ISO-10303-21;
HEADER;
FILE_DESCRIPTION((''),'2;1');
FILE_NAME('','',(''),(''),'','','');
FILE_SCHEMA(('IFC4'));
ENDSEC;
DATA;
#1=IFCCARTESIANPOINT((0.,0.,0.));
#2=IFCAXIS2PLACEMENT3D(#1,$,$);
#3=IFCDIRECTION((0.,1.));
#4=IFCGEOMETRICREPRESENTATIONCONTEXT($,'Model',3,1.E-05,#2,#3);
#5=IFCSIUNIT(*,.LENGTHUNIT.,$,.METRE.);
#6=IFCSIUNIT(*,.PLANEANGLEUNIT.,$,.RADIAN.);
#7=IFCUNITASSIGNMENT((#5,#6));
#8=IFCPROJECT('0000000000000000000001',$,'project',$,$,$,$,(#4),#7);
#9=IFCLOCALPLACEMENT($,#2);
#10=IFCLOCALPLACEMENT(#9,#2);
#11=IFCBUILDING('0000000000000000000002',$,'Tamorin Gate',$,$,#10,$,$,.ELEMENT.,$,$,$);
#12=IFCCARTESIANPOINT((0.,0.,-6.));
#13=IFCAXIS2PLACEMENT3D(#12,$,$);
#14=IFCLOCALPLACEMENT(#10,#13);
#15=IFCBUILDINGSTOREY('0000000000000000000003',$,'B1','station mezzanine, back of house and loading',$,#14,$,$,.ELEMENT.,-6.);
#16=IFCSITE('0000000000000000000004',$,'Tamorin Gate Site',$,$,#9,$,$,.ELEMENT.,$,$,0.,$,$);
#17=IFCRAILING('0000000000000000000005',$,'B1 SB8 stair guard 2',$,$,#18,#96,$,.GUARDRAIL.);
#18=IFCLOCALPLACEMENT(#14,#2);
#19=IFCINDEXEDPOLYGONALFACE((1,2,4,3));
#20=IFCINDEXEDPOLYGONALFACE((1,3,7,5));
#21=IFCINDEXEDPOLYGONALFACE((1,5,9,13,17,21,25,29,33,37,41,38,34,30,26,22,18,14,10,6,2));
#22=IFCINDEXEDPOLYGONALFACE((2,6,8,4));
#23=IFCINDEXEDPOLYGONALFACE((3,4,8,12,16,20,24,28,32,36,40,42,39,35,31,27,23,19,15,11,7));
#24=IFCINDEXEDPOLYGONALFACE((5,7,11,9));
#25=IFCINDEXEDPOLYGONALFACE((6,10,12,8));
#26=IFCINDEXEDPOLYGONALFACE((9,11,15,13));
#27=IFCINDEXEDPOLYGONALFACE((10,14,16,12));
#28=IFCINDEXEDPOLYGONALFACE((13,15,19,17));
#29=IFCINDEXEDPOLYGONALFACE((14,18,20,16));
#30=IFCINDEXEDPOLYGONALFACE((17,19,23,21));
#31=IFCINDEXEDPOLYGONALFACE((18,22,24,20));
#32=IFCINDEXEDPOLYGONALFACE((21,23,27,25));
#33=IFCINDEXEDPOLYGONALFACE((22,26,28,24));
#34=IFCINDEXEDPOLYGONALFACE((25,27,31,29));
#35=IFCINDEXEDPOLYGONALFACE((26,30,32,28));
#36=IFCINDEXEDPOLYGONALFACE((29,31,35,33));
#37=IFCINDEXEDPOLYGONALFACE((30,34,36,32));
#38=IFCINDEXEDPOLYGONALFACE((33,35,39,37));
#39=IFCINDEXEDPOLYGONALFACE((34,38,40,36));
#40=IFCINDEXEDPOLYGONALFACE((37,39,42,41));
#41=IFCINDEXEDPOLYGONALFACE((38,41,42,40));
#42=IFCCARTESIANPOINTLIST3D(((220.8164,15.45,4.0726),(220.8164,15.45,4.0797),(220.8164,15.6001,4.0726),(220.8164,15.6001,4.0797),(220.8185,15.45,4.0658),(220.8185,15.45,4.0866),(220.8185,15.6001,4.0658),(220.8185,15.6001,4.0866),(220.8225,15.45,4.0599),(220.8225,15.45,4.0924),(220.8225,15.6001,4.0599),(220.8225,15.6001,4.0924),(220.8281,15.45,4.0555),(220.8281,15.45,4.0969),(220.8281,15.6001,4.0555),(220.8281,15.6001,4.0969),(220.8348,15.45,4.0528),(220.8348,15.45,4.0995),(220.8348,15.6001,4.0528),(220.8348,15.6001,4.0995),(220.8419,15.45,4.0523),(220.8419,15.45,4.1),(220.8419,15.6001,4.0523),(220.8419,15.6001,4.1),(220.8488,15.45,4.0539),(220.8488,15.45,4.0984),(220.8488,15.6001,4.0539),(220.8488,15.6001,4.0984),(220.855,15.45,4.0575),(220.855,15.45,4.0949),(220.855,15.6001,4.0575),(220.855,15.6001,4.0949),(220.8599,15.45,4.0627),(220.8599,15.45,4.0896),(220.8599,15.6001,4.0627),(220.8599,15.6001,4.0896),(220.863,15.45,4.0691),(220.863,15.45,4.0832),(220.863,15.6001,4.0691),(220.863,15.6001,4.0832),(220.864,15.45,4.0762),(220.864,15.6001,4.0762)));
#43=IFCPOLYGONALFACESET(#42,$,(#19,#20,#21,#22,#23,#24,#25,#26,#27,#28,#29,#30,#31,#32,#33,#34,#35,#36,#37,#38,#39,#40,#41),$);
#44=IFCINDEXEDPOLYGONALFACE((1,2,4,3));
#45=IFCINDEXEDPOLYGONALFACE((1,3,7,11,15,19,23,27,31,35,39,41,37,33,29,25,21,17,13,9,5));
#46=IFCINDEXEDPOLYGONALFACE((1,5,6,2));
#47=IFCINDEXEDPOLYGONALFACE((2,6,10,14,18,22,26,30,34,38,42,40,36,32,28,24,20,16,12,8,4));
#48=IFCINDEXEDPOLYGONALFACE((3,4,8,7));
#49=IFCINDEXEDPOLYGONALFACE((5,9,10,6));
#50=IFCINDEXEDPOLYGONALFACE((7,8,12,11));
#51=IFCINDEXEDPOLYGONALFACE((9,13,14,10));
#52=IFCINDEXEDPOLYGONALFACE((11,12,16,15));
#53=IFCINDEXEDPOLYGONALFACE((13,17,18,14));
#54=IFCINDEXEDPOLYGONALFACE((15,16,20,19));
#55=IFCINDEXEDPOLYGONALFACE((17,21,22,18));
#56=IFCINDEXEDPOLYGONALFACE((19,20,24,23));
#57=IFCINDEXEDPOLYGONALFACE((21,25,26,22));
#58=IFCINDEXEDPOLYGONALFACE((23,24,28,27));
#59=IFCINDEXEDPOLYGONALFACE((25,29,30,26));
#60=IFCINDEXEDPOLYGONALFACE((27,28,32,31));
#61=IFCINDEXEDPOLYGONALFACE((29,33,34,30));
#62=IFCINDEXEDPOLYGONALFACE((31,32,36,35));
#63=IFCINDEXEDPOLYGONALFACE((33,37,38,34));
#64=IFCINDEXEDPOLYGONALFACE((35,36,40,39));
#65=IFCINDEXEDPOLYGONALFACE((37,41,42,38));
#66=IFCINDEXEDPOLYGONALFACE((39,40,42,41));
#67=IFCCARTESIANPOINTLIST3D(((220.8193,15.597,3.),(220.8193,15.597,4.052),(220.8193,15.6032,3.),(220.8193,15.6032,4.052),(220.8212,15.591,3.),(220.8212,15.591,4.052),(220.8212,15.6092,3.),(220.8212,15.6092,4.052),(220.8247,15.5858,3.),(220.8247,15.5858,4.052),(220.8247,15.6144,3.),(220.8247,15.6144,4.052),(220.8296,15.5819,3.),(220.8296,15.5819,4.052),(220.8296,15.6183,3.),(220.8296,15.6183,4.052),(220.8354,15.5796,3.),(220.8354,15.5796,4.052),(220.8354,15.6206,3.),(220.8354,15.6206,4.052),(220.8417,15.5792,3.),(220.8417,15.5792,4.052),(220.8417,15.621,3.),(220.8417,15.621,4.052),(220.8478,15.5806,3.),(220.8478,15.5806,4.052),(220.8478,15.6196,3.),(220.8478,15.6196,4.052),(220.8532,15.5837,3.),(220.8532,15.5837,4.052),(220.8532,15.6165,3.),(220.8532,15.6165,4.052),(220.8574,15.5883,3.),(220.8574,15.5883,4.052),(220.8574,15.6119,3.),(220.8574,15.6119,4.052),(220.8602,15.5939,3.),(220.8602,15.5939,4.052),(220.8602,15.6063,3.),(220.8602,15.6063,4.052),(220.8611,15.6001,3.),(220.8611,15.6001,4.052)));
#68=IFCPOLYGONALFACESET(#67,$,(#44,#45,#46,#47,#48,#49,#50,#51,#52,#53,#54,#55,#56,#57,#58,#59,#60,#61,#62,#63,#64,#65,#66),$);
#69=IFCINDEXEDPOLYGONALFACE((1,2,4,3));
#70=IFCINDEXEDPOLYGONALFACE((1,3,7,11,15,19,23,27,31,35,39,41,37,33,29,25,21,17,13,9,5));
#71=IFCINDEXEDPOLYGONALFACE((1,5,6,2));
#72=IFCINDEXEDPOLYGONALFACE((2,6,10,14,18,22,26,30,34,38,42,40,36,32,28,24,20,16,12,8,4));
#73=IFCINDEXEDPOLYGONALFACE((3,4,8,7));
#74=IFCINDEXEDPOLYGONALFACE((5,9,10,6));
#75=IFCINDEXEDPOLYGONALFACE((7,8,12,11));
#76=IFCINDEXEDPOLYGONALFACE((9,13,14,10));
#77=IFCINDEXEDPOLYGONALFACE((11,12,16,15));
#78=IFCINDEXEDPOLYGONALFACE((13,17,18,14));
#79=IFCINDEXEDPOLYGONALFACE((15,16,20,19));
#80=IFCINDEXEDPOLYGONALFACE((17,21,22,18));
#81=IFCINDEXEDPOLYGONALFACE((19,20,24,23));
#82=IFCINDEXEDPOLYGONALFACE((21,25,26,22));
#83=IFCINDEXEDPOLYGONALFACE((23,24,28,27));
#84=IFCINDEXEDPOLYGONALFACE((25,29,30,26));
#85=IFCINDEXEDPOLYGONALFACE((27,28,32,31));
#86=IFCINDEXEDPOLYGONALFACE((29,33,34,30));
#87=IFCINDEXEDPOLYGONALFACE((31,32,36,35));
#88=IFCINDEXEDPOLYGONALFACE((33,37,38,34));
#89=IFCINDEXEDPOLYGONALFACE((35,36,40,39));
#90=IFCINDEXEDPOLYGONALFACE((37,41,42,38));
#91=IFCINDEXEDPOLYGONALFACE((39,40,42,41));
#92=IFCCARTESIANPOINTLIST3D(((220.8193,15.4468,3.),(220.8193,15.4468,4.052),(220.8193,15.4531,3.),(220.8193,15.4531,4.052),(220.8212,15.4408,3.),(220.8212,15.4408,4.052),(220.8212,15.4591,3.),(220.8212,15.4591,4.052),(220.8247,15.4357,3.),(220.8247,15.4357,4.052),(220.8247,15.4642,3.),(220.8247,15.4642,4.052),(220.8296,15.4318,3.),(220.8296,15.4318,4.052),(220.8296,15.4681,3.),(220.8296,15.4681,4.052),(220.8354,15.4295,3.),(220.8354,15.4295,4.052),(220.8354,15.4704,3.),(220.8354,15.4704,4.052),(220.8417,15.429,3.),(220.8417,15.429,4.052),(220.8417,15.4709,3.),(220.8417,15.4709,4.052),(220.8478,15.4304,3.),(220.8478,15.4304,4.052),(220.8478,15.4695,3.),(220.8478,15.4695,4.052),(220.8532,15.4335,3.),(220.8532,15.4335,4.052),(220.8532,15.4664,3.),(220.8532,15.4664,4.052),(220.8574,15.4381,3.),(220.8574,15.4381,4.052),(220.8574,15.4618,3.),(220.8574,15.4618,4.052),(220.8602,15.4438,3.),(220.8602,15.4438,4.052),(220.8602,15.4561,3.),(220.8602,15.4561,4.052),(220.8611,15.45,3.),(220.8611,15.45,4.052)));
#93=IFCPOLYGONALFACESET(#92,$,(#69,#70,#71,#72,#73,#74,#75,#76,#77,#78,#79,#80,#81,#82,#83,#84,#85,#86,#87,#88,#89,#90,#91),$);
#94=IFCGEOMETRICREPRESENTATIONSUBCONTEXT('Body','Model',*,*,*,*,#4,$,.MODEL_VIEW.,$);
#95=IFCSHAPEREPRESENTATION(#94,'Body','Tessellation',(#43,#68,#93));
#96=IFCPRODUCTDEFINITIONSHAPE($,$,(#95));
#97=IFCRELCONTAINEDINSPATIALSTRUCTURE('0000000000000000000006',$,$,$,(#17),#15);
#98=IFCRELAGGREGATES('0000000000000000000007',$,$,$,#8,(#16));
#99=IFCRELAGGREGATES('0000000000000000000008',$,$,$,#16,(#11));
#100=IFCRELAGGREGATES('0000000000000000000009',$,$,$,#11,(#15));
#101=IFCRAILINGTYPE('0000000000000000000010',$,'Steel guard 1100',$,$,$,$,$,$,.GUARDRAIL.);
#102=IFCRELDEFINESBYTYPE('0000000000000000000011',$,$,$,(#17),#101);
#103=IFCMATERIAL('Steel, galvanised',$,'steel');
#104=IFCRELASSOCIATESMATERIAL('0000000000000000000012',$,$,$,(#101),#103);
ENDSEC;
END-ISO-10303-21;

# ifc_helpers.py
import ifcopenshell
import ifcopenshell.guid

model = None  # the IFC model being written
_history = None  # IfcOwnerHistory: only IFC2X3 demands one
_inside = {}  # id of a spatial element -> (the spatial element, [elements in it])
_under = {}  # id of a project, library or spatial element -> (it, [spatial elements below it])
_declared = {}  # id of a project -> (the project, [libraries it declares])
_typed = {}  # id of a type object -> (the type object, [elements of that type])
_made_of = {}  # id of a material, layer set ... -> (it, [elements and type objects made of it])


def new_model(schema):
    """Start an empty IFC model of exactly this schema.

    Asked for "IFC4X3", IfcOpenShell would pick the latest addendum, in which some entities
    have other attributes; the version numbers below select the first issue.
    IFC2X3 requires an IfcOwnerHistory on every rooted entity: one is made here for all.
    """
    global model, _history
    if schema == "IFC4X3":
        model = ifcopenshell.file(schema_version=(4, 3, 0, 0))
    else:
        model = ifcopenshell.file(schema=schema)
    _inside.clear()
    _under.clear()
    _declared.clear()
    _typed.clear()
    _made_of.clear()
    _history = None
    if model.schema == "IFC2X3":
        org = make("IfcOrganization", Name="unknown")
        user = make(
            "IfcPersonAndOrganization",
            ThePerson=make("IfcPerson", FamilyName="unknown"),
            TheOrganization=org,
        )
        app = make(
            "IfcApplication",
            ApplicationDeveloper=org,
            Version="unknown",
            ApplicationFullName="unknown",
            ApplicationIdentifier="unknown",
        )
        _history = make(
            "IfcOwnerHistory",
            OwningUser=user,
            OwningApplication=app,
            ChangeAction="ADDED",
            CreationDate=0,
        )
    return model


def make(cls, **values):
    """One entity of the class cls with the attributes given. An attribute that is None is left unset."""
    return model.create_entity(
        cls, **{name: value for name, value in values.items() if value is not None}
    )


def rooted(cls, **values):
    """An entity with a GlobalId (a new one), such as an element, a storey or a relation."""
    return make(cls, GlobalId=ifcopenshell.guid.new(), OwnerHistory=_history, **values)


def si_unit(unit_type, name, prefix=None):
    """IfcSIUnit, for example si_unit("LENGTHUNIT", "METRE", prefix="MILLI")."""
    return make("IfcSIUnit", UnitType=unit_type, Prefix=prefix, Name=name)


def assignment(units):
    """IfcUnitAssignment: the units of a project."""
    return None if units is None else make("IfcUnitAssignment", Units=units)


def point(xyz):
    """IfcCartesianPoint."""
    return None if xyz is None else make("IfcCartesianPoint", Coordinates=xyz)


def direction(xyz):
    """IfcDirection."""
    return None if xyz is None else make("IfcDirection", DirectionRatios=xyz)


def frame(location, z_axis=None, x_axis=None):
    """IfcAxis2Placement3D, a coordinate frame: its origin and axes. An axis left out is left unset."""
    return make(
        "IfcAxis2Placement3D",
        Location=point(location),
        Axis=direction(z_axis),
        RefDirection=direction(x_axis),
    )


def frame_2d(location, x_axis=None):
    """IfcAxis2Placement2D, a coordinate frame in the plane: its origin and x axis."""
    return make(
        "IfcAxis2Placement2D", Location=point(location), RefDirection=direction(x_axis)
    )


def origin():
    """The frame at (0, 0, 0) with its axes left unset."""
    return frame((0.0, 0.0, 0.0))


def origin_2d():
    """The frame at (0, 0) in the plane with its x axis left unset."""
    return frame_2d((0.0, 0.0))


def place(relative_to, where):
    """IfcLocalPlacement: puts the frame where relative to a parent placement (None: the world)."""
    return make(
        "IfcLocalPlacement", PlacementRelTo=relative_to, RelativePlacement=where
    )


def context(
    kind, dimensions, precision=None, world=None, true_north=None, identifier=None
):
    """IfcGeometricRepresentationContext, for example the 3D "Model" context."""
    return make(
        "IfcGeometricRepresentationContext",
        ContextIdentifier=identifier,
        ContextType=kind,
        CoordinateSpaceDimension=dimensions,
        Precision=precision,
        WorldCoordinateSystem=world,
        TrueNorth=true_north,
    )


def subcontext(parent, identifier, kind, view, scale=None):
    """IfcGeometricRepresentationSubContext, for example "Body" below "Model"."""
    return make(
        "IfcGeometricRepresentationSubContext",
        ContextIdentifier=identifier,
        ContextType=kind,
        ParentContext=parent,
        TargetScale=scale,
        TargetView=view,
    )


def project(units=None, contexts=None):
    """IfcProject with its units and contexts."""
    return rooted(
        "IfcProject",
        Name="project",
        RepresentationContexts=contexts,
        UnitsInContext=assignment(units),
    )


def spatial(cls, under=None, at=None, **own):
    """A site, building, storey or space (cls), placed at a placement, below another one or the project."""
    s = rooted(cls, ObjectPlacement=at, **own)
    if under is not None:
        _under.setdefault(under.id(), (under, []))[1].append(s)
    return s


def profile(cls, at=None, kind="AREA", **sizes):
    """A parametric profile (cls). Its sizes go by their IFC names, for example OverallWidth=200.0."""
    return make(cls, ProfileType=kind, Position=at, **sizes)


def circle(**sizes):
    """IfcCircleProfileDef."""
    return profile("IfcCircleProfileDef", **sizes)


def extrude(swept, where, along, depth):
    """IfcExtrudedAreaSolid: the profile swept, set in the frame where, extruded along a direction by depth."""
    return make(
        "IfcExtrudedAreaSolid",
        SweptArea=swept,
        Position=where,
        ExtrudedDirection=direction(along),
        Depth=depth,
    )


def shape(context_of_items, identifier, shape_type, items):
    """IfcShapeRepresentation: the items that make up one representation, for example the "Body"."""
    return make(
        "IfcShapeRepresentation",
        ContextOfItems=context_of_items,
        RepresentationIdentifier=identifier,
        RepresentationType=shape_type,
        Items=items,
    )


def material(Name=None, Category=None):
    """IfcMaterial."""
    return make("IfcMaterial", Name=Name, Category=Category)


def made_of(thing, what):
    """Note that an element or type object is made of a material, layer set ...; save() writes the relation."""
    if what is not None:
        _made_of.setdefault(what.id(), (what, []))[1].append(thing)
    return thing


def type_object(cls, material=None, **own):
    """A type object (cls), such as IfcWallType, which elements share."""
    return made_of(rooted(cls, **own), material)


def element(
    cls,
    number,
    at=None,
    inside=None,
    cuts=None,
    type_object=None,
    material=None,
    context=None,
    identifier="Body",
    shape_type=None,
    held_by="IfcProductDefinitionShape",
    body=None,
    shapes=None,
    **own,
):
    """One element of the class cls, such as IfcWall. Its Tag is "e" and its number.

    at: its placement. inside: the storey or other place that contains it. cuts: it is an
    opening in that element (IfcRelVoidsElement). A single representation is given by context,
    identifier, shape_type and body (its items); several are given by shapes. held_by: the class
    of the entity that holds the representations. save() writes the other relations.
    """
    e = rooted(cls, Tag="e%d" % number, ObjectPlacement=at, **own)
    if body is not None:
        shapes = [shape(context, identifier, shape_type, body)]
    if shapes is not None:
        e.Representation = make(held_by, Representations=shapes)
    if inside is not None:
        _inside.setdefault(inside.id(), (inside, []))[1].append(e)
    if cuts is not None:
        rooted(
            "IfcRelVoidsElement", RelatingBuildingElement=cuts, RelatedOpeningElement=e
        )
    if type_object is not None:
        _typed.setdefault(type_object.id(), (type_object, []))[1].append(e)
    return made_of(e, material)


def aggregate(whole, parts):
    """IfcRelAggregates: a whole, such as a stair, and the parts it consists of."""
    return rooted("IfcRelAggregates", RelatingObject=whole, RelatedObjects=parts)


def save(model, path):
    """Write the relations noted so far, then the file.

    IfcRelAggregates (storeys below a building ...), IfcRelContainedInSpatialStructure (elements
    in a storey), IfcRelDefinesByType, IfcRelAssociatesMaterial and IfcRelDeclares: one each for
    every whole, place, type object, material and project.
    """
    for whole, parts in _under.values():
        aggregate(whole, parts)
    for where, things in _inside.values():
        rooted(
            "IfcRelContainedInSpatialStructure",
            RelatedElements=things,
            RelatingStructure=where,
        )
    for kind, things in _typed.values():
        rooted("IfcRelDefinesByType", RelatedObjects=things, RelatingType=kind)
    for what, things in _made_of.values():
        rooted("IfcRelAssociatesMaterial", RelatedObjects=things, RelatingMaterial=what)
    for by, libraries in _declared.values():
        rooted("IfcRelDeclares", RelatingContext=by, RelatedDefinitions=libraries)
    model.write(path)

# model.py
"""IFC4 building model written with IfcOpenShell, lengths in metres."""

from ifc_helpers import new_model, si_unit, direction, frame, origin, origin_2d, place, context, subcontext, project, spatial, circle, extrude, material, type_object, element, save


model = new_model("IFC4")

# Units and contexts
model_context = context("Model", 3, precision=1e-05, world=origin(), true_north=direction((0.0, 1.0)))
body_context = subcontext(model_context, "Body", "Model", "MODEL_VIEW")
ifc_project = project(units=[si_unit("LENGTHUNIT", "METRE"), si_unit("PLANEANGLEUNIT", "RADIAN")], contexts=[model_context])

# Site, building, storey
site_placement = place(None, origin())
site = spatial("IfcSite", under=ifc_project, at=site_placement, Name="Tamorin Gate Site", CompositionType="ELEMENT", RefElevation=0.0)
building_placement = place(site_placement, origin())
building = spatial("IfcBuilding", under=site, at=building_placement, Name="Tamorin Gate", CompositionType="ELEMENT")
storey_placement = place(building_placement, frame((0.0, 0.0, -6.0)))
storey = spatial("IfcBuildingStorey", under=building, at=storey_placement, Name="B1", Description="station mezzanine, back of house and loading", CompositionType="ELEMENT", Elevation=-6.0)

# Railing
ifc_material_1 = material(Name="Steel, galvanised", Category="steel")
railing_type_1 = type_object("IfcRailingType", Name="Steel guard 1100", PredefinedType="GUARDRAIL", material=ifc_material_1)
railing_1_placement = place(storey_placement, frame((220.8401, 15.6001, 3.0)))
element("IfcRailing", 1, at=railing_1_placement, inside=storey, type_object=railing_type_1, Name="B1 SB8 stair guard 2", PredefinedType="GUARDRAIL", context=body_context, shape_type="SweptSolid", body=[
    extrude(circle(Radius=0.0239, at=origin_2d()), frame((0.0, 0.0, 1.0762), z_axis=(0.0, -1.0, 0.0), x_axis=(1.0, 0.0, 0.0)), (0.0, 0.0, 1.0), 0.1501),
    extrude(circle(Radius=0.021, at=origin_2d()), origin(), (0.0, 0.0, 1.0), 1.052),
    extrude(circle(Radius=0.021, at=origin_2d()), frame((0.0, -0.1501, 0.0)), (0.0, 0.0, 1.0), 1.052),
])

save(model, "model.ifc")
